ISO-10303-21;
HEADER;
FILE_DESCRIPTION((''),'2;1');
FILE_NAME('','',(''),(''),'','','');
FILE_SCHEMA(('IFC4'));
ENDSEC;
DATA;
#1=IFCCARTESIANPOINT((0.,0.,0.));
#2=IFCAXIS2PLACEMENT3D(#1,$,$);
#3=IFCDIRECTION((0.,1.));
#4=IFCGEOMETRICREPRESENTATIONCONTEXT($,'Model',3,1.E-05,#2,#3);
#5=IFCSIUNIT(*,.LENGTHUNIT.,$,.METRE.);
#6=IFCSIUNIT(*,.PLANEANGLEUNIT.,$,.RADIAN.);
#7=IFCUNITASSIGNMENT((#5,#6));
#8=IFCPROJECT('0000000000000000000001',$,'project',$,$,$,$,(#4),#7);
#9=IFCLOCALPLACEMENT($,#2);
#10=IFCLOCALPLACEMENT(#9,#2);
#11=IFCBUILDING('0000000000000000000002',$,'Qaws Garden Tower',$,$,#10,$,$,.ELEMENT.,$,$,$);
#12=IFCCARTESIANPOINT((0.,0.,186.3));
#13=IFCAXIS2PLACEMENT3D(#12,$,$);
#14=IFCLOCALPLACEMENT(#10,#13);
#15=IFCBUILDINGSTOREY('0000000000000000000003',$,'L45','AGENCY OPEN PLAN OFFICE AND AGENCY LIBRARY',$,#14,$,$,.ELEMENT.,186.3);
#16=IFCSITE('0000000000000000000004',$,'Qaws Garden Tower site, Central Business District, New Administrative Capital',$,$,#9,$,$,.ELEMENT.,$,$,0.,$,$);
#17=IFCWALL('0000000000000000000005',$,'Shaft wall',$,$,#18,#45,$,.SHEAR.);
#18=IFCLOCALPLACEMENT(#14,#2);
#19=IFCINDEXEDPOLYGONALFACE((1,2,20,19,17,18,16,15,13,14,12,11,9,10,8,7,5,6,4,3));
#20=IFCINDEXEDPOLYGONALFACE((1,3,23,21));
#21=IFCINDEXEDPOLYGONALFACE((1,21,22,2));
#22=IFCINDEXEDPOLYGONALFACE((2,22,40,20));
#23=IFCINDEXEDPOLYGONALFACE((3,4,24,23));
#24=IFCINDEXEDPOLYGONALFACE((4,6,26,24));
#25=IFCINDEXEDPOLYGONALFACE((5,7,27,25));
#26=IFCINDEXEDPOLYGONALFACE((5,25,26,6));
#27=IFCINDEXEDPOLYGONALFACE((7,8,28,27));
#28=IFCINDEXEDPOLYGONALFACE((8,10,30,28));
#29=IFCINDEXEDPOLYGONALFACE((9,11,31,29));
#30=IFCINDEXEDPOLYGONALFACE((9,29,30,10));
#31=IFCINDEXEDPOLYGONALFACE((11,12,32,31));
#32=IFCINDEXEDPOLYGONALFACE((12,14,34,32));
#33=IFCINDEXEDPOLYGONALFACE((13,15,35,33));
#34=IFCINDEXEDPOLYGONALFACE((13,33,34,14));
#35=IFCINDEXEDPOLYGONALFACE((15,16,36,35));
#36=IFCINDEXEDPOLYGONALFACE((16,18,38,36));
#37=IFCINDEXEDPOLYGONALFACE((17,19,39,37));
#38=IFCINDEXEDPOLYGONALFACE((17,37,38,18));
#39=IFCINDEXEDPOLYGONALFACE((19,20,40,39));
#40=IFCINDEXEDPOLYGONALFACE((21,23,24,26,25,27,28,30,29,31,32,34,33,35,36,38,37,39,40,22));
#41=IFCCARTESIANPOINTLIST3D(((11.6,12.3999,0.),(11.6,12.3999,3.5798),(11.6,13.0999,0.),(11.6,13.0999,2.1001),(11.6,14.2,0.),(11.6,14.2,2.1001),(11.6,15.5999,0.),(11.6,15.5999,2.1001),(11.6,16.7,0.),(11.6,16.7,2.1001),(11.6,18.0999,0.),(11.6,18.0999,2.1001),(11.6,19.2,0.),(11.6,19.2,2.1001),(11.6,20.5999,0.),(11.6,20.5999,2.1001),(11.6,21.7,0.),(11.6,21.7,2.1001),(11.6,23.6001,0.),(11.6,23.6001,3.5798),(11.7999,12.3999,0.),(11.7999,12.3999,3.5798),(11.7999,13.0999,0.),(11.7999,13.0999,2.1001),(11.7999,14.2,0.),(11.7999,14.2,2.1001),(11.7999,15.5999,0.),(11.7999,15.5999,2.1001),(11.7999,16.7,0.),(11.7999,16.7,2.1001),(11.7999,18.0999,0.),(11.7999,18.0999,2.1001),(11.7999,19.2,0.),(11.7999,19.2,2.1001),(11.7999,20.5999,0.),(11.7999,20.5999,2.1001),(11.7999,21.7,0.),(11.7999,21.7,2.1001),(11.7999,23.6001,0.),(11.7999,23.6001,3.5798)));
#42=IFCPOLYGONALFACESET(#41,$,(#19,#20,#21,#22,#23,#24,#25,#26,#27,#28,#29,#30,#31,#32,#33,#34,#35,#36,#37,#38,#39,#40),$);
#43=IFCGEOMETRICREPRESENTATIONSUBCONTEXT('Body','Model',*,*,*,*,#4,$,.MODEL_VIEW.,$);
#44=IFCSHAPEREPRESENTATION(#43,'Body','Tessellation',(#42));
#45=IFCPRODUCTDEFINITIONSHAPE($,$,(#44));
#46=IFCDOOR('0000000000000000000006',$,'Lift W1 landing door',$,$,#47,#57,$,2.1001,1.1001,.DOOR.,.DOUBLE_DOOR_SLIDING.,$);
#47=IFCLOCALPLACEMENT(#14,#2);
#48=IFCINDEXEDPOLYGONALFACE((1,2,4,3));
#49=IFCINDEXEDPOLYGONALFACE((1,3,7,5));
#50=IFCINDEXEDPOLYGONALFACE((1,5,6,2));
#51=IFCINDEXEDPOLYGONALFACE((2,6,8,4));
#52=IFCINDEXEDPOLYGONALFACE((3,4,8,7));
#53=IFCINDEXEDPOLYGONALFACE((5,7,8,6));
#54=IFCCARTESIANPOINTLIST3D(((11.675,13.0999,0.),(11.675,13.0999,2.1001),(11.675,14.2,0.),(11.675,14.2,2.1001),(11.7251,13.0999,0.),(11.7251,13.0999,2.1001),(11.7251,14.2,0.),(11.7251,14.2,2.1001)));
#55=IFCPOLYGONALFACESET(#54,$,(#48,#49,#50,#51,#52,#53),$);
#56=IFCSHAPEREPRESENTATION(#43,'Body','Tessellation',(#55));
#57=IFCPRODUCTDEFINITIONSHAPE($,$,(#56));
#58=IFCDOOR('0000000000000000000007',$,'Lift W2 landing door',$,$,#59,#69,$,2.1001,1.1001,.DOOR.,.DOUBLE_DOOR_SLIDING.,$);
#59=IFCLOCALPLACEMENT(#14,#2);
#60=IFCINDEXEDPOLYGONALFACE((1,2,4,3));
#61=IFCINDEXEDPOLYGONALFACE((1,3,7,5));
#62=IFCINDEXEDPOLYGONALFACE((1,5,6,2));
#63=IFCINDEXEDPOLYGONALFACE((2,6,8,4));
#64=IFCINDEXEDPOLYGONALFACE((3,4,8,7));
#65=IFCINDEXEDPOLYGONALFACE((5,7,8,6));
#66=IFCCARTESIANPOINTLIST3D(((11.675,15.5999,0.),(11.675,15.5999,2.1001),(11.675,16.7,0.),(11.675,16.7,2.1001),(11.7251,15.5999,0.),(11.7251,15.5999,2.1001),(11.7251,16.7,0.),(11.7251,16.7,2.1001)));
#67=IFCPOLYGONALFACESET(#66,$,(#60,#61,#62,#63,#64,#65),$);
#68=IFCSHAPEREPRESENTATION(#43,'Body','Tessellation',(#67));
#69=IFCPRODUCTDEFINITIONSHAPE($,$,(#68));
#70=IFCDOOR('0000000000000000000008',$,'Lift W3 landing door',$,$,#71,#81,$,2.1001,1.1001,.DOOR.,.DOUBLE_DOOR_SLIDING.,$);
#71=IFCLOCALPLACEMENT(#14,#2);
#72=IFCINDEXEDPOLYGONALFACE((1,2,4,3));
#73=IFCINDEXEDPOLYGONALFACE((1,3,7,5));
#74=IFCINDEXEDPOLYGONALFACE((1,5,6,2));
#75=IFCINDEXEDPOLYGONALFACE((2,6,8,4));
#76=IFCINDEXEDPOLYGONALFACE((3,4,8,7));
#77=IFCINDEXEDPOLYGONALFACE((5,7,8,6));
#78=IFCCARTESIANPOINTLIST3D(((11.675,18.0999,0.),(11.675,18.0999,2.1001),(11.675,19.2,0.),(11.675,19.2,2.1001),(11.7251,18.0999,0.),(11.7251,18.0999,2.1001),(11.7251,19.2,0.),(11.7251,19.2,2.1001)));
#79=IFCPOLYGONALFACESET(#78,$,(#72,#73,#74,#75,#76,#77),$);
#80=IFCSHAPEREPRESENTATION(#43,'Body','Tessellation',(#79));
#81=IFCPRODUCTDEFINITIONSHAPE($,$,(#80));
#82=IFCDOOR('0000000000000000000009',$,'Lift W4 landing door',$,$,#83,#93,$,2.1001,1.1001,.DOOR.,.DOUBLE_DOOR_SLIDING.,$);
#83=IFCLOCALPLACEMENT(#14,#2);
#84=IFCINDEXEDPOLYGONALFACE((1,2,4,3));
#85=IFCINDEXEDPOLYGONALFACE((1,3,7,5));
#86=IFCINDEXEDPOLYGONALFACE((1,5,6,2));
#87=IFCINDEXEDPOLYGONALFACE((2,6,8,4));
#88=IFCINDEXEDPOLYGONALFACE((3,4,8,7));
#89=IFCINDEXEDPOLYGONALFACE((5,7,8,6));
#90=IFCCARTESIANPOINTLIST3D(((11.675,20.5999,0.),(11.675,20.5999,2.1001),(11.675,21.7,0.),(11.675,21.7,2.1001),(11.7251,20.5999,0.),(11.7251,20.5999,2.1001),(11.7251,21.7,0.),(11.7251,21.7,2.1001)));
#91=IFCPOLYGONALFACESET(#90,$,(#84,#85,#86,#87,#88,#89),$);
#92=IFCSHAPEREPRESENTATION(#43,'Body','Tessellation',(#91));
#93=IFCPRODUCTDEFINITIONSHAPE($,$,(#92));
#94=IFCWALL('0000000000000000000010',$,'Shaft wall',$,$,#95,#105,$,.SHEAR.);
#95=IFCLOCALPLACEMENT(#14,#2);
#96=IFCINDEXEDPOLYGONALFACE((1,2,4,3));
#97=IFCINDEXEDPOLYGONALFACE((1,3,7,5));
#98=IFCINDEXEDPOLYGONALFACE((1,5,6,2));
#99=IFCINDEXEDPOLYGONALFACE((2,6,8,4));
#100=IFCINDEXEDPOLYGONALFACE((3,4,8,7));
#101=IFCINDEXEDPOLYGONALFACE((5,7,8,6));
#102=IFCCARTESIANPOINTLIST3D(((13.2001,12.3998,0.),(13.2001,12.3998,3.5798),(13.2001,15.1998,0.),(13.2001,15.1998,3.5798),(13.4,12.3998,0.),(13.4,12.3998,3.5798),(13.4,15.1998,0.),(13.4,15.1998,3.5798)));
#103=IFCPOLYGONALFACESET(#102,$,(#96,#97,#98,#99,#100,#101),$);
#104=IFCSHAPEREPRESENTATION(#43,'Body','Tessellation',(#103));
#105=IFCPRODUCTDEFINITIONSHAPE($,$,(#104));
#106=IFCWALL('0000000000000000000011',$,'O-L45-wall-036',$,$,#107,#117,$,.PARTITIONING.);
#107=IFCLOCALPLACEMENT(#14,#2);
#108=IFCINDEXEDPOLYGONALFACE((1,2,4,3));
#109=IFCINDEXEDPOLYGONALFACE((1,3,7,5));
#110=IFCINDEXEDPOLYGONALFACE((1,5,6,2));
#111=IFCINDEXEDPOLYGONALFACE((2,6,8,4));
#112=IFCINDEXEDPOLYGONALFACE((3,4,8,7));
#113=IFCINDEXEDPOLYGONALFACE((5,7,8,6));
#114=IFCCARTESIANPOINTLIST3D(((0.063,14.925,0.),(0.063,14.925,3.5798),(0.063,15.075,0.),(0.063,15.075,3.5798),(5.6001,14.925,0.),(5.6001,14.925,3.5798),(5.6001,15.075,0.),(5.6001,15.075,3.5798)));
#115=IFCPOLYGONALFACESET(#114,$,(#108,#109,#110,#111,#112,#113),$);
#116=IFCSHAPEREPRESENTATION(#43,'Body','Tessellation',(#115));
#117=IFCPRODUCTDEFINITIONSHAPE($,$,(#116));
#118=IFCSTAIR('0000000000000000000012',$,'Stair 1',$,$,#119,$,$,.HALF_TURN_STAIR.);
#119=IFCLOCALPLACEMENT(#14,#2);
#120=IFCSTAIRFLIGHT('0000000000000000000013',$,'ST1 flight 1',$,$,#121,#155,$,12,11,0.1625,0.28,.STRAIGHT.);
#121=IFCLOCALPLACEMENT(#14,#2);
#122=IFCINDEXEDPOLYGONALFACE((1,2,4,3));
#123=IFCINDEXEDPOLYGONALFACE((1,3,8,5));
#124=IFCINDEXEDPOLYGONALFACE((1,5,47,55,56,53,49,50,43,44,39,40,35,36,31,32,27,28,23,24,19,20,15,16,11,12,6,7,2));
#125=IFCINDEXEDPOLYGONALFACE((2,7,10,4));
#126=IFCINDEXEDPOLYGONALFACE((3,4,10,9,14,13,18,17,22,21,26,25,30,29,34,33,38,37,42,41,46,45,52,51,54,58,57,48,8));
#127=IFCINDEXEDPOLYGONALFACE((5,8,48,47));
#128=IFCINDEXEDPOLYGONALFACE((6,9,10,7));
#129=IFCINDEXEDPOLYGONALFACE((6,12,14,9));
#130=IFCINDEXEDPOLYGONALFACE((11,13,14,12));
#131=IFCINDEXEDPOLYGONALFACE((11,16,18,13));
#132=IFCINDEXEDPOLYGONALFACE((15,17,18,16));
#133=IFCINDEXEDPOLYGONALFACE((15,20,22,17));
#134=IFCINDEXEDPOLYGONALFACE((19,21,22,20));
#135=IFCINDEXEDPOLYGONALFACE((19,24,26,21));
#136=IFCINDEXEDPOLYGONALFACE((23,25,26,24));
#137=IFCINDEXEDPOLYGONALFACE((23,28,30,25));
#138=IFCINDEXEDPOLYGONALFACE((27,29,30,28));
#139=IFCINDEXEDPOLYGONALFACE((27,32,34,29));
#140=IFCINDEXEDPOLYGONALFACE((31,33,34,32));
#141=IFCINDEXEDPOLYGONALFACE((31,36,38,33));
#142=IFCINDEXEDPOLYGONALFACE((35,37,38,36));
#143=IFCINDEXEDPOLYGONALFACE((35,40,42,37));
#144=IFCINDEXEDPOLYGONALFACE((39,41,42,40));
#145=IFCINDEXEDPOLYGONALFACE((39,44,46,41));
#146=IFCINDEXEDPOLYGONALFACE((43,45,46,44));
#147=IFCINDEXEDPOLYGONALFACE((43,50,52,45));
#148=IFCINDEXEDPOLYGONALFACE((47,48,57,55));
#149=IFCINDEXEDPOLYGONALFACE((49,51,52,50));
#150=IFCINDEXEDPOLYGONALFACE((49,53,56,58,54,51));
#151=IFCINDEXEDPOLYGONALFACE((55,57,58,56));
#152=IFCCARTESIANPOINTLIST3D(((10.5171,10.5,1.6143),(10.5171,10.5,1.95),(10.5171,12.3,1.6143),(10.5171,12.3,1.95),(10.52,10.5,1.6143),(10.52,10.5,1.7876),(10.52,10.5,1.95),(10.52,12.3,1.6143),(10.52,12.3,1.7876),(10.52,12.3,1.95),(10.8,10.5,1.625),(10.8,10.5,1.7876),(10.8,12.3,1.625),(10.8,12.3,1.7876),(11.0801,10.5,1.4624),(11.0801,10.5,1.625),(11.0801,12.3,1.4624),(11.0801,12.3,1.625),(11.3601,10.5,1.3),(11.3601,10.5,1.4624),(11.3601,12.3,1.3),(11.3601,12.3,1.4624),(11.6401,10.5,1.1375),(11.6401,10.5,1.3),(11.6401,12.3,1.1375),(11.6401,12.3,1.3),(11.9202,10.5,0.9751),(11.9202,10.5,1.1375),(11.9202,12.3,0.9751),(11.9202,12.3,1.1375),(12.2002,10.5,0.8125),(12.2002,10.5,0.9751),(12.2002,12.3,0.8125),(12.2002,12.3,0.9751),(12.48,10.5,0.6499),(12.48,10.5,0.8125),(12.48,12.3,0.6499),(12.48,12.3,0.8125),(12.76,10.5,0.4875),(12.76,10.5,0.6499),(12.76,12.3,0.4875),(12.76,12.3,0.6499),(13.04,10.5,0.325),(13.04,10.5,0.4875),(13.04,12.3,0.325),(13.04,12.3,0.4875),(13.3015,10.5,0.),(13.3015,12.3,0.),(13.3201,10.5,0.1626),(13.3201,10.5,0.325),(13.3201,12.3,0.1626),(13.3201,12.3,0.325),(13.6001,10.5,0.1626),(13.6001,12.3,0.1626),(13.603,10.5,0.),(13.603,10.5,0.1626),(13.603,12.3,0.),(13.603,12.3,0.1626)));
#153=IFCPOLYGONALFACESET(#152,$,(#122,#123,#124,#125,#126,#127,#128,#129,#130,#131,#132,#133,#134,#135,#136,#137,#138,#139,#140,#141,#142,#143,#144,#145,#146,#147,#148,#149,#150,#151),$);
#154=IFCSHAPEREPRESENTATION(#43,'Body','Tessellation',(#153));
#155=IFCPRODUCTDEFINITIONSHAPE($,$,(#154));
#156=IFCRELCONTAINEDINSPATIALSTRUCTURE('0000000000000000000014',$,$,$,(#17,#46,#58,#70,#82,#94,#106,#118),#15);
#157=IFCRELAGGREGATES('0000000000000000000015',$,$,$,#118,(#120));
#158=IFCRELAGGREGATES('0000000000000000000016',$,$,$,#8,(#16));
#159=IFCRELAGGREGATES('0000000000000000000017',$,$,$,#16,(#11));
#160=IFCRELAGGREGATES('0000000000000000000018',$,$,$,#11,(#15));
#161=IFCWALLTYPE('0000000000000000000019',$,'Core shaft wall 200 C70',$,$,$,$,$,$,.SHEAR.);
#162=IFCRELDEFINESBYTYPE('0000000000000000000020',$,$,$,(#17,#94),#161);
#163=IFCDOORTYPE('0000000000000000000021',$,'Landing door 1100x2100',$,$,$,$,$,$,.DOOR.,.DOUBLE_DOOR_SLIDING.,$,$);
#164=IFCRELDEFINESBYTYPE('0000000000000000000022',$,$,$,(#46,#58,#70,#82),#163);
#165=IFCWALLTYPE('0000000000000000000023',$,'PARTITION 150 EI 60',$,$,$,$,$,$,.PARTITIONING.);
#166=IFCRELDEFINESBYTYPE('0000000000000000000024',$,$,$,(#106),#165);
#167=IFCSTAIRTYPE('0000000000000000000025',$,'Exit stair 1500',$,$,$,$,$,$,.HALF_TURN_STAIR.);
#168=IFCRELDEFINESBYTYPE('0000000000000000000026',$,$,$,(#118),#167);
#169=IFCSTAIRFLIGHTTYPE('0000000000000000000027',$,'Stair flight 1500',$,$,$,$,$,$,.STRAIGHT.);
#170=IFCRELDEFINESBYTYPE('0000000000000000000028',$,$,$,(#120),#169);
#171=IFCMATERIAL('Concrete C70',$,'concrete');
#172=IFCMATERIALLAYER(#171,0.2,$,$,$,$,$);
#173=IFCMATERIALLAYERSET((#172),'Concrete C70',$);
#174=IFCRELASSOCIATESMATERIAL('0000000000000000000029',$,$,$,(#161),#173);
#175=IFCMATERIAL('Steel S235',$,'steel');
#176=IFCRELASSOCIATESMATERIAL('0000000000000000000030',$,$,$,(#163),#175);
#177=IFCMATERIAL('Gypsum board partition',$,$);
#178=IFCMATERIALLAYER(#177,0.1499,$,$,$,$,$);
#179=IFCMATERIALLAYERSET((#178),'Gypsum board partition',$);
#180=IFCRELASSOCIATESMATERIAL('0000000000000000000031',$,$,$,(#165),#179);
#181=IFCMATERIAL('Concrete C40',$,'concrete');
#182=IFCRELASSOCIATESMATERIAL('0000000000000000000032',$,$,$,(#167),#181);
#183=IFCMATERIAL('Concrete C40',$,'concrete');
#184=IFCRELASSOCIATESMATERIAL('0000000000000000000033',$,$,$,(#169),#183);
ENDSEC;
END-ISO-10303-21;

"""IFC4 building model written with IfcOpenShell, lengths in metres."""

from ifc_helpers import new_model, si_unit, direction, frame, frame_2d, origin, place, context, subcontext, project, spatial, polyline, rectangle, outline, extrude, material, layer, layer_set, type_object, element, fill, aggregate, save


model = new_model("IFC4")

# Units and contexts
model_context = context("Model", 3, precision=1e-05, world=origin(), true_north=direction((0.0, 1.0)))
body_context = subcontext(model_context, "Body", "Model", "MODEL_VIEW")
ifc_project = project(units=[si_unit("LENGTHUNIT", "METRE"), si_unit("PLANEANGLEUNIT", "RADIAN")], contexts=[model_context])

# Site, building, storey
site_placement = place(None, origin())
site = spatial("IfcSite", under=ifc_project, at=site_placement, Name="Qaws Garden Tower site, Central Business District, New Administrative Capital", CompositionType="ELEMENT", RefElevation=0.0)
building_placement = place(site_placement, origin())
building = spatial("IfcBuilding", under=site, at=building_placement, Name="Qaws Garden Tower", CompositionType="ELEMENT")
storey_placement = place(building_placement, frame((0.0, 0.0, 186.3)))
storey = spatial("IfcBuildingStorey", under=building, at=storey_placement, Name="L45", Description="AGENCY OPEN PLAN OFFICE AND AGENCY LIBRARY", CompositionType="ELEMENT", Elevation=186.3)

# Shared definitions
ifc_material_1 = material(Name="Concrete C70", Category="concrete")
ifc_layer_1 = layer(ifc_material_1, 0.2)
ifc_layer_set_1 = layer_set([ifc_layer_1], Name="Concrete C70")
wall_type_1 = type_object("IfcWallType", Name="Core shaft wall 200 C70", PredefinedType="SHEAR", material=ifc_layer_set_1)

# Shared definitions
ifc_material_2 = material(Name="Steel S235", Category="steel")
door_type_1 = type_object("IfcDoorType", Name="Landing door 1100x2100", OperationType="DOUBLE_DOOR_SLIDING", PredefinedType="DOOR", material=ifc_material_2)

# Wall, openings, doors
wall_1_placement = place(storey_placement, frame((11.7, 12.3999, 0.0), z_axis=(0.0, 0.0, 1.0), x_axis=(0.0, 1.0, 0.0)))
wall_1 = element("IfcWall", 1, at=wall_1_placement, inside=storey, type_object=wall_type_1, Name="Shaft wall", PredefinedType="SHEAR", context=body_context, shape_type="SweptSolid", body=[
    extrude(rectangle(XDim=11.2002, YDim=0.2, at=frame_2d((5.6001, 0.0))), origin(), (0.0, 0.0, 1.0), 3.5798),
])
opening_1_placement = place(wall_1_placement, frame((0.7, 0.0, 0.0)))
opening_1 = element("IfcOpeningElement", 2, at=opening_1_placement, cuts=wall_1, PredefinedType="OPENING", context=body_context, shape_type="SweptSolid", body=[
    extrude(rectangle(XDim=1.1001, YDim=2.1001, at=frame_2d((0.55, 1.05))), frame((0.0, 0.1099, 0.0), z_axis=(0.0, -1.0, 0.0), x_axis=(1.0, 0.0, 0.0)), (0.0, 0.0, 1.0), 0.22),
])
opening_2_placement = place(wall_1_placement, frame((3.2, 0.0, 0.0)))
opening_2 = element("IfcOpeningElement", 3, at=opening_2_placement, cuts=wall_1, PredefinedType="OPENING", context=body_context, shape_type="SweptSolid", body=[
    extrude(rectangle(XDim=1.1001, YDim=2.1001, at=frame_2d((0.55, 1.05))), frame((0.0, 0.1099, 0.0), z_axis=(0.0, -1.0, 0.0), x_axis=(1.0, 0.0, 0.0)), (0.0, 0.0, 1.0), 0.22),
])
opening_3_placement = place(wall_1_placement, frame((5.7, 0.0, 0.0)))
opening_3 = element("IfcOpeningElement", 4, at=opening_3_placement, cuts=wall_1, PredefinedType="OPENING", context=body_context, shape_type="SweptSolid", body=[
    extrude(rectangle(XDim=1.1001, YDim=2.1001, at=frame_2d((0.55, 1.05))), frame((0.0, 0.1099, 0.0), z_axis=(0.0, -1.0, 0.0), x_axis=(1.0, 0.0, 0.0)), (0.0, 0.0, 1.0), 0.22),
])
opening_4_placement = place(wall_1_placement, frame((8.2, 0.0, 0.0)))
opening_4 = element("IfcOpeningElement", 5, at=opening_4_placement, cuts=wall_1, PredefinedType="OPENING", context=body_context, shape_type="SweptSolid", body=[
    extrude(rectangle(XDim=1.1001, YDim=2.1001, at=frame_2d((0.55, 1.05))), frame((0.0, 0.1099, 0.0), z_axis=(0.0, -1.0, 0.0), x_axis=(1.0, 0.0, 0.0)), (0.0, 0.0, 1.0), 0.22),
])
door_1_placement = place(opening_1_placement, origin())
door_1 = element("IfcDoor", 6, at=door_1_placement, inside=storey, type_object=door_type_1, Name="Lift W1 landing door", OperationType="DOUBLE_DOOR_SLIDING", OverallHeight=2.1001, OverallWidth=1.1001, PredefinedType="DOOR", context=body_context, shape_type="SweptSolid", body=[
    extrude(rectangle(XDim=1.1001, YDim=2.1001, at=frame_2d((0.55, 1.05))), frame((0.0, 0.0249, 0.0), z_axis=(0.0, -1.0, 0.0), x_axis=(1.0, 0.0, 0.0)), (0.0, 0.0, 1.0), 0.05),
])
fill(opening_1, door_1)
door_2_placement = place(opening_2_placement, origin())
door_2 = element("IfcDoor", 7, at=door_2_placement, inside=storey, type_object=door_type_1, Name="Lift W2 landing door", OperationType="DOUBLE_DOOR_SLIDING", OverallHeight=2.1001, OverallWidth=1.1001, PredefinedType="DOOR", context=body_context, shape_type="SweptSolid", body=[
    extrude(rectangle(XDim=1.1001, YDim=2.1001, at=frame_2d((0.55, 1.05))), frame((0.0, 0.0249, 0.0), z_axis=(0.0, -1.0, 0.0), x_axis=(1.0, 0.0, 0.0)), (0.0, 0.0, 1.0), 0.05),
])
fill(opening_2, door_2)
door_3_placement = place(opening_3_placement, origin())
door_3 = element("IfcDoor", 8, at=door_3_placement, inside=storey, type_object=door_type_1, Name="Lift W3 landing door", OperationType="DOUBLE_DOOR_SLIDING", OverallHeight=2.1001, OverallWidth=1.1001, PredefinedType="DOOR", context=body_context, shape_type="SweptSolid", body=[
    extrude(rectangle(XDim=1.1001, YDim=2.1001, at=frame_2d((0.55, 1.05))), frame((0.0, 0.0249, 0.0), z_axis=(0.0, -1.0, 0.0), x_axis=(1.0, 0.0, 0.0)), (0.0, 0.0, 1.0), 0.05),
])
fill(opening_3, door_3)
door_4_placement = place(opening_4_placement, origin())
door_4 = element("IfcDoor", 9, at=door_4_placement, inside=storey, type_object=door_type_1, Name="Lift W4 landing door", OperationType="DOUBLE_DOOR_SLIDING", OverallHeight=2.1001, OverallWidth=1.1001, PredefinedType="DOOR", context=body_context, shape_type="SweptSolid", body=[
    extrude(rectangle(XDim=1.1001, YDim=2.1001, at=frame_2d((0.55, 1.05))), frame((0.0, 0.0249, 0.0), z_axis=(0.0, -1.0, 0.0), x_axis=(1.0, 0.0, 0.0)), (0.0, 0.0, 1.0), 0.05),
])
fill(opening_4, door_4)

# Walls
wall_2_placement = place(storey_placement, frame((13.3, 12.3999, 0.0), z_axis=(0.0, 0.0, 1.0), x_axis=(0.0, 1.0, 0.0)))
element("IfcWall", 10, at=wall_2_placement, inside=storey, type_object=wall_type_1, Name="Shaft wall", PredefinedType="SHEAR", context=body_context, shape_type="SweptSolid", body=[
    extrude(rectangle(XDim=2.8, YDim=0.2, at=frame_2d((1.3999, 0.0))), origin(), (0.0, 0.0, 1.0), 3.5798),
])
ifc_material_3 = material(Name="Gypsum board partition")
ifc_layer_2 = layer(ifc_material_3, 0.1499)
ifc_layer_set_2 = layer_set([ifc_layer_2], Name="Gypsum board partition")
wall_type_2 = type_object("IfcWallType", Name="PARTITION 150 EI 60", PredefinedType="PARTITIONING", material=ifc_layer_set_2)
wall_3_placement = place(storey_placement, frame((0.063, 15.0, 0.0), z_axis=(0.0, 0.0, 1.0), x_axis=(1.0, 0.0, 0.0)))
element("IfcWall", 11, at=wall_3_placement, inside=storey, type_object=wall_type_2, Name="O-L45-wall-036", PredefinedType="PARTITIONING", context=body_context, shape_type="SweptSolid", body=[
    extrude(rectangle(XDim=5.5371, YDim=0.1499, at=frame_2d((2.7686, 0.0))), origin(), (0.0, 0.0, 1.0), 3.5798),
])

# Stair, stair flight
ifc_material_4 = material(Name="Concrete C40", Category="concrete")
stair_type = type_object("IfcStairType", Name="Exit stair 1500", PredefinedType="HALF_TURN_STAIR", material=ifc_material_4)
stair_placement = place(storey_placement, origin())
stair = element("IfcStair", 12, at=stair_placement, inside=storey, type_object=stair_type, Name="Stair 1", PredefinedType="HALF_TURN_STAIR")
ifc_material_5 = material(Name="Concrete C40", Category="concrete")
stair_flight_type = type_object("IfcStairFlightType", Name="Stair flight 1500", PredefinedType="STRAIGHT", material=ifc_material_5)
stair_flight_placement = place(storey_placement, frame((13.6001, 11.3999, 0.0), z_axis=(0.0, 0.0, 1.0), x_axis=(-1.0, 0.0, 0.0)))
stair_flight = element("IfcStairFlight", 13, at=stair_flight_placement, type_object=stair_flight_type, Name="ST1 flight 1", NumberOfRisers=12, NumberOfTreads=11, PredefinedType="STRAIGHT", RiserHeight=0.1625, TreadLength=0.28, context=body_context, shape_type="SweptSolid", body=[
    extrude(outline(polyline([(-0.0029, 0.0), (-0.0029, 0.1626), (0.0, 0.1626), (0.28, 0.1626), (0.28, 0.325), (0.5601, 0.325), (0.5601, 0.4875), (0.8401, 0.4875), (0.8401, 0.6499), (1.1201, 0.6499), (1.1201, 0.8125), (1.3999, 0.8125), (1.3999, 0.9751), (1.6799, 0.9751), (1.6799, 1.1375), (1.96, 1.1375), (1.96, 1.3), (2.24, 1.3), (2.24, 1.4624), (2.52, 1.4624), (2.52, 1.625), (2.8, 1.625), (2.8, 1.7876), (3.0801, 1.7876), (3.0801, 1.95), (3.083, 1.95), (3.083, 1.6143), (3.0801, 1.6143), (0.2986, 0.0), (-0.0029, 0.0)])), frame((0.0, 0.8999, 0.0), z_axis=(0.0, -1.0, 0.0), x_axis=(1.0, 0.0, 0.0)), (0.0, 0.0, 1.0), 1.8),
])
aggregate(stair, [stair_flight])

save(model, "model.ifc")
